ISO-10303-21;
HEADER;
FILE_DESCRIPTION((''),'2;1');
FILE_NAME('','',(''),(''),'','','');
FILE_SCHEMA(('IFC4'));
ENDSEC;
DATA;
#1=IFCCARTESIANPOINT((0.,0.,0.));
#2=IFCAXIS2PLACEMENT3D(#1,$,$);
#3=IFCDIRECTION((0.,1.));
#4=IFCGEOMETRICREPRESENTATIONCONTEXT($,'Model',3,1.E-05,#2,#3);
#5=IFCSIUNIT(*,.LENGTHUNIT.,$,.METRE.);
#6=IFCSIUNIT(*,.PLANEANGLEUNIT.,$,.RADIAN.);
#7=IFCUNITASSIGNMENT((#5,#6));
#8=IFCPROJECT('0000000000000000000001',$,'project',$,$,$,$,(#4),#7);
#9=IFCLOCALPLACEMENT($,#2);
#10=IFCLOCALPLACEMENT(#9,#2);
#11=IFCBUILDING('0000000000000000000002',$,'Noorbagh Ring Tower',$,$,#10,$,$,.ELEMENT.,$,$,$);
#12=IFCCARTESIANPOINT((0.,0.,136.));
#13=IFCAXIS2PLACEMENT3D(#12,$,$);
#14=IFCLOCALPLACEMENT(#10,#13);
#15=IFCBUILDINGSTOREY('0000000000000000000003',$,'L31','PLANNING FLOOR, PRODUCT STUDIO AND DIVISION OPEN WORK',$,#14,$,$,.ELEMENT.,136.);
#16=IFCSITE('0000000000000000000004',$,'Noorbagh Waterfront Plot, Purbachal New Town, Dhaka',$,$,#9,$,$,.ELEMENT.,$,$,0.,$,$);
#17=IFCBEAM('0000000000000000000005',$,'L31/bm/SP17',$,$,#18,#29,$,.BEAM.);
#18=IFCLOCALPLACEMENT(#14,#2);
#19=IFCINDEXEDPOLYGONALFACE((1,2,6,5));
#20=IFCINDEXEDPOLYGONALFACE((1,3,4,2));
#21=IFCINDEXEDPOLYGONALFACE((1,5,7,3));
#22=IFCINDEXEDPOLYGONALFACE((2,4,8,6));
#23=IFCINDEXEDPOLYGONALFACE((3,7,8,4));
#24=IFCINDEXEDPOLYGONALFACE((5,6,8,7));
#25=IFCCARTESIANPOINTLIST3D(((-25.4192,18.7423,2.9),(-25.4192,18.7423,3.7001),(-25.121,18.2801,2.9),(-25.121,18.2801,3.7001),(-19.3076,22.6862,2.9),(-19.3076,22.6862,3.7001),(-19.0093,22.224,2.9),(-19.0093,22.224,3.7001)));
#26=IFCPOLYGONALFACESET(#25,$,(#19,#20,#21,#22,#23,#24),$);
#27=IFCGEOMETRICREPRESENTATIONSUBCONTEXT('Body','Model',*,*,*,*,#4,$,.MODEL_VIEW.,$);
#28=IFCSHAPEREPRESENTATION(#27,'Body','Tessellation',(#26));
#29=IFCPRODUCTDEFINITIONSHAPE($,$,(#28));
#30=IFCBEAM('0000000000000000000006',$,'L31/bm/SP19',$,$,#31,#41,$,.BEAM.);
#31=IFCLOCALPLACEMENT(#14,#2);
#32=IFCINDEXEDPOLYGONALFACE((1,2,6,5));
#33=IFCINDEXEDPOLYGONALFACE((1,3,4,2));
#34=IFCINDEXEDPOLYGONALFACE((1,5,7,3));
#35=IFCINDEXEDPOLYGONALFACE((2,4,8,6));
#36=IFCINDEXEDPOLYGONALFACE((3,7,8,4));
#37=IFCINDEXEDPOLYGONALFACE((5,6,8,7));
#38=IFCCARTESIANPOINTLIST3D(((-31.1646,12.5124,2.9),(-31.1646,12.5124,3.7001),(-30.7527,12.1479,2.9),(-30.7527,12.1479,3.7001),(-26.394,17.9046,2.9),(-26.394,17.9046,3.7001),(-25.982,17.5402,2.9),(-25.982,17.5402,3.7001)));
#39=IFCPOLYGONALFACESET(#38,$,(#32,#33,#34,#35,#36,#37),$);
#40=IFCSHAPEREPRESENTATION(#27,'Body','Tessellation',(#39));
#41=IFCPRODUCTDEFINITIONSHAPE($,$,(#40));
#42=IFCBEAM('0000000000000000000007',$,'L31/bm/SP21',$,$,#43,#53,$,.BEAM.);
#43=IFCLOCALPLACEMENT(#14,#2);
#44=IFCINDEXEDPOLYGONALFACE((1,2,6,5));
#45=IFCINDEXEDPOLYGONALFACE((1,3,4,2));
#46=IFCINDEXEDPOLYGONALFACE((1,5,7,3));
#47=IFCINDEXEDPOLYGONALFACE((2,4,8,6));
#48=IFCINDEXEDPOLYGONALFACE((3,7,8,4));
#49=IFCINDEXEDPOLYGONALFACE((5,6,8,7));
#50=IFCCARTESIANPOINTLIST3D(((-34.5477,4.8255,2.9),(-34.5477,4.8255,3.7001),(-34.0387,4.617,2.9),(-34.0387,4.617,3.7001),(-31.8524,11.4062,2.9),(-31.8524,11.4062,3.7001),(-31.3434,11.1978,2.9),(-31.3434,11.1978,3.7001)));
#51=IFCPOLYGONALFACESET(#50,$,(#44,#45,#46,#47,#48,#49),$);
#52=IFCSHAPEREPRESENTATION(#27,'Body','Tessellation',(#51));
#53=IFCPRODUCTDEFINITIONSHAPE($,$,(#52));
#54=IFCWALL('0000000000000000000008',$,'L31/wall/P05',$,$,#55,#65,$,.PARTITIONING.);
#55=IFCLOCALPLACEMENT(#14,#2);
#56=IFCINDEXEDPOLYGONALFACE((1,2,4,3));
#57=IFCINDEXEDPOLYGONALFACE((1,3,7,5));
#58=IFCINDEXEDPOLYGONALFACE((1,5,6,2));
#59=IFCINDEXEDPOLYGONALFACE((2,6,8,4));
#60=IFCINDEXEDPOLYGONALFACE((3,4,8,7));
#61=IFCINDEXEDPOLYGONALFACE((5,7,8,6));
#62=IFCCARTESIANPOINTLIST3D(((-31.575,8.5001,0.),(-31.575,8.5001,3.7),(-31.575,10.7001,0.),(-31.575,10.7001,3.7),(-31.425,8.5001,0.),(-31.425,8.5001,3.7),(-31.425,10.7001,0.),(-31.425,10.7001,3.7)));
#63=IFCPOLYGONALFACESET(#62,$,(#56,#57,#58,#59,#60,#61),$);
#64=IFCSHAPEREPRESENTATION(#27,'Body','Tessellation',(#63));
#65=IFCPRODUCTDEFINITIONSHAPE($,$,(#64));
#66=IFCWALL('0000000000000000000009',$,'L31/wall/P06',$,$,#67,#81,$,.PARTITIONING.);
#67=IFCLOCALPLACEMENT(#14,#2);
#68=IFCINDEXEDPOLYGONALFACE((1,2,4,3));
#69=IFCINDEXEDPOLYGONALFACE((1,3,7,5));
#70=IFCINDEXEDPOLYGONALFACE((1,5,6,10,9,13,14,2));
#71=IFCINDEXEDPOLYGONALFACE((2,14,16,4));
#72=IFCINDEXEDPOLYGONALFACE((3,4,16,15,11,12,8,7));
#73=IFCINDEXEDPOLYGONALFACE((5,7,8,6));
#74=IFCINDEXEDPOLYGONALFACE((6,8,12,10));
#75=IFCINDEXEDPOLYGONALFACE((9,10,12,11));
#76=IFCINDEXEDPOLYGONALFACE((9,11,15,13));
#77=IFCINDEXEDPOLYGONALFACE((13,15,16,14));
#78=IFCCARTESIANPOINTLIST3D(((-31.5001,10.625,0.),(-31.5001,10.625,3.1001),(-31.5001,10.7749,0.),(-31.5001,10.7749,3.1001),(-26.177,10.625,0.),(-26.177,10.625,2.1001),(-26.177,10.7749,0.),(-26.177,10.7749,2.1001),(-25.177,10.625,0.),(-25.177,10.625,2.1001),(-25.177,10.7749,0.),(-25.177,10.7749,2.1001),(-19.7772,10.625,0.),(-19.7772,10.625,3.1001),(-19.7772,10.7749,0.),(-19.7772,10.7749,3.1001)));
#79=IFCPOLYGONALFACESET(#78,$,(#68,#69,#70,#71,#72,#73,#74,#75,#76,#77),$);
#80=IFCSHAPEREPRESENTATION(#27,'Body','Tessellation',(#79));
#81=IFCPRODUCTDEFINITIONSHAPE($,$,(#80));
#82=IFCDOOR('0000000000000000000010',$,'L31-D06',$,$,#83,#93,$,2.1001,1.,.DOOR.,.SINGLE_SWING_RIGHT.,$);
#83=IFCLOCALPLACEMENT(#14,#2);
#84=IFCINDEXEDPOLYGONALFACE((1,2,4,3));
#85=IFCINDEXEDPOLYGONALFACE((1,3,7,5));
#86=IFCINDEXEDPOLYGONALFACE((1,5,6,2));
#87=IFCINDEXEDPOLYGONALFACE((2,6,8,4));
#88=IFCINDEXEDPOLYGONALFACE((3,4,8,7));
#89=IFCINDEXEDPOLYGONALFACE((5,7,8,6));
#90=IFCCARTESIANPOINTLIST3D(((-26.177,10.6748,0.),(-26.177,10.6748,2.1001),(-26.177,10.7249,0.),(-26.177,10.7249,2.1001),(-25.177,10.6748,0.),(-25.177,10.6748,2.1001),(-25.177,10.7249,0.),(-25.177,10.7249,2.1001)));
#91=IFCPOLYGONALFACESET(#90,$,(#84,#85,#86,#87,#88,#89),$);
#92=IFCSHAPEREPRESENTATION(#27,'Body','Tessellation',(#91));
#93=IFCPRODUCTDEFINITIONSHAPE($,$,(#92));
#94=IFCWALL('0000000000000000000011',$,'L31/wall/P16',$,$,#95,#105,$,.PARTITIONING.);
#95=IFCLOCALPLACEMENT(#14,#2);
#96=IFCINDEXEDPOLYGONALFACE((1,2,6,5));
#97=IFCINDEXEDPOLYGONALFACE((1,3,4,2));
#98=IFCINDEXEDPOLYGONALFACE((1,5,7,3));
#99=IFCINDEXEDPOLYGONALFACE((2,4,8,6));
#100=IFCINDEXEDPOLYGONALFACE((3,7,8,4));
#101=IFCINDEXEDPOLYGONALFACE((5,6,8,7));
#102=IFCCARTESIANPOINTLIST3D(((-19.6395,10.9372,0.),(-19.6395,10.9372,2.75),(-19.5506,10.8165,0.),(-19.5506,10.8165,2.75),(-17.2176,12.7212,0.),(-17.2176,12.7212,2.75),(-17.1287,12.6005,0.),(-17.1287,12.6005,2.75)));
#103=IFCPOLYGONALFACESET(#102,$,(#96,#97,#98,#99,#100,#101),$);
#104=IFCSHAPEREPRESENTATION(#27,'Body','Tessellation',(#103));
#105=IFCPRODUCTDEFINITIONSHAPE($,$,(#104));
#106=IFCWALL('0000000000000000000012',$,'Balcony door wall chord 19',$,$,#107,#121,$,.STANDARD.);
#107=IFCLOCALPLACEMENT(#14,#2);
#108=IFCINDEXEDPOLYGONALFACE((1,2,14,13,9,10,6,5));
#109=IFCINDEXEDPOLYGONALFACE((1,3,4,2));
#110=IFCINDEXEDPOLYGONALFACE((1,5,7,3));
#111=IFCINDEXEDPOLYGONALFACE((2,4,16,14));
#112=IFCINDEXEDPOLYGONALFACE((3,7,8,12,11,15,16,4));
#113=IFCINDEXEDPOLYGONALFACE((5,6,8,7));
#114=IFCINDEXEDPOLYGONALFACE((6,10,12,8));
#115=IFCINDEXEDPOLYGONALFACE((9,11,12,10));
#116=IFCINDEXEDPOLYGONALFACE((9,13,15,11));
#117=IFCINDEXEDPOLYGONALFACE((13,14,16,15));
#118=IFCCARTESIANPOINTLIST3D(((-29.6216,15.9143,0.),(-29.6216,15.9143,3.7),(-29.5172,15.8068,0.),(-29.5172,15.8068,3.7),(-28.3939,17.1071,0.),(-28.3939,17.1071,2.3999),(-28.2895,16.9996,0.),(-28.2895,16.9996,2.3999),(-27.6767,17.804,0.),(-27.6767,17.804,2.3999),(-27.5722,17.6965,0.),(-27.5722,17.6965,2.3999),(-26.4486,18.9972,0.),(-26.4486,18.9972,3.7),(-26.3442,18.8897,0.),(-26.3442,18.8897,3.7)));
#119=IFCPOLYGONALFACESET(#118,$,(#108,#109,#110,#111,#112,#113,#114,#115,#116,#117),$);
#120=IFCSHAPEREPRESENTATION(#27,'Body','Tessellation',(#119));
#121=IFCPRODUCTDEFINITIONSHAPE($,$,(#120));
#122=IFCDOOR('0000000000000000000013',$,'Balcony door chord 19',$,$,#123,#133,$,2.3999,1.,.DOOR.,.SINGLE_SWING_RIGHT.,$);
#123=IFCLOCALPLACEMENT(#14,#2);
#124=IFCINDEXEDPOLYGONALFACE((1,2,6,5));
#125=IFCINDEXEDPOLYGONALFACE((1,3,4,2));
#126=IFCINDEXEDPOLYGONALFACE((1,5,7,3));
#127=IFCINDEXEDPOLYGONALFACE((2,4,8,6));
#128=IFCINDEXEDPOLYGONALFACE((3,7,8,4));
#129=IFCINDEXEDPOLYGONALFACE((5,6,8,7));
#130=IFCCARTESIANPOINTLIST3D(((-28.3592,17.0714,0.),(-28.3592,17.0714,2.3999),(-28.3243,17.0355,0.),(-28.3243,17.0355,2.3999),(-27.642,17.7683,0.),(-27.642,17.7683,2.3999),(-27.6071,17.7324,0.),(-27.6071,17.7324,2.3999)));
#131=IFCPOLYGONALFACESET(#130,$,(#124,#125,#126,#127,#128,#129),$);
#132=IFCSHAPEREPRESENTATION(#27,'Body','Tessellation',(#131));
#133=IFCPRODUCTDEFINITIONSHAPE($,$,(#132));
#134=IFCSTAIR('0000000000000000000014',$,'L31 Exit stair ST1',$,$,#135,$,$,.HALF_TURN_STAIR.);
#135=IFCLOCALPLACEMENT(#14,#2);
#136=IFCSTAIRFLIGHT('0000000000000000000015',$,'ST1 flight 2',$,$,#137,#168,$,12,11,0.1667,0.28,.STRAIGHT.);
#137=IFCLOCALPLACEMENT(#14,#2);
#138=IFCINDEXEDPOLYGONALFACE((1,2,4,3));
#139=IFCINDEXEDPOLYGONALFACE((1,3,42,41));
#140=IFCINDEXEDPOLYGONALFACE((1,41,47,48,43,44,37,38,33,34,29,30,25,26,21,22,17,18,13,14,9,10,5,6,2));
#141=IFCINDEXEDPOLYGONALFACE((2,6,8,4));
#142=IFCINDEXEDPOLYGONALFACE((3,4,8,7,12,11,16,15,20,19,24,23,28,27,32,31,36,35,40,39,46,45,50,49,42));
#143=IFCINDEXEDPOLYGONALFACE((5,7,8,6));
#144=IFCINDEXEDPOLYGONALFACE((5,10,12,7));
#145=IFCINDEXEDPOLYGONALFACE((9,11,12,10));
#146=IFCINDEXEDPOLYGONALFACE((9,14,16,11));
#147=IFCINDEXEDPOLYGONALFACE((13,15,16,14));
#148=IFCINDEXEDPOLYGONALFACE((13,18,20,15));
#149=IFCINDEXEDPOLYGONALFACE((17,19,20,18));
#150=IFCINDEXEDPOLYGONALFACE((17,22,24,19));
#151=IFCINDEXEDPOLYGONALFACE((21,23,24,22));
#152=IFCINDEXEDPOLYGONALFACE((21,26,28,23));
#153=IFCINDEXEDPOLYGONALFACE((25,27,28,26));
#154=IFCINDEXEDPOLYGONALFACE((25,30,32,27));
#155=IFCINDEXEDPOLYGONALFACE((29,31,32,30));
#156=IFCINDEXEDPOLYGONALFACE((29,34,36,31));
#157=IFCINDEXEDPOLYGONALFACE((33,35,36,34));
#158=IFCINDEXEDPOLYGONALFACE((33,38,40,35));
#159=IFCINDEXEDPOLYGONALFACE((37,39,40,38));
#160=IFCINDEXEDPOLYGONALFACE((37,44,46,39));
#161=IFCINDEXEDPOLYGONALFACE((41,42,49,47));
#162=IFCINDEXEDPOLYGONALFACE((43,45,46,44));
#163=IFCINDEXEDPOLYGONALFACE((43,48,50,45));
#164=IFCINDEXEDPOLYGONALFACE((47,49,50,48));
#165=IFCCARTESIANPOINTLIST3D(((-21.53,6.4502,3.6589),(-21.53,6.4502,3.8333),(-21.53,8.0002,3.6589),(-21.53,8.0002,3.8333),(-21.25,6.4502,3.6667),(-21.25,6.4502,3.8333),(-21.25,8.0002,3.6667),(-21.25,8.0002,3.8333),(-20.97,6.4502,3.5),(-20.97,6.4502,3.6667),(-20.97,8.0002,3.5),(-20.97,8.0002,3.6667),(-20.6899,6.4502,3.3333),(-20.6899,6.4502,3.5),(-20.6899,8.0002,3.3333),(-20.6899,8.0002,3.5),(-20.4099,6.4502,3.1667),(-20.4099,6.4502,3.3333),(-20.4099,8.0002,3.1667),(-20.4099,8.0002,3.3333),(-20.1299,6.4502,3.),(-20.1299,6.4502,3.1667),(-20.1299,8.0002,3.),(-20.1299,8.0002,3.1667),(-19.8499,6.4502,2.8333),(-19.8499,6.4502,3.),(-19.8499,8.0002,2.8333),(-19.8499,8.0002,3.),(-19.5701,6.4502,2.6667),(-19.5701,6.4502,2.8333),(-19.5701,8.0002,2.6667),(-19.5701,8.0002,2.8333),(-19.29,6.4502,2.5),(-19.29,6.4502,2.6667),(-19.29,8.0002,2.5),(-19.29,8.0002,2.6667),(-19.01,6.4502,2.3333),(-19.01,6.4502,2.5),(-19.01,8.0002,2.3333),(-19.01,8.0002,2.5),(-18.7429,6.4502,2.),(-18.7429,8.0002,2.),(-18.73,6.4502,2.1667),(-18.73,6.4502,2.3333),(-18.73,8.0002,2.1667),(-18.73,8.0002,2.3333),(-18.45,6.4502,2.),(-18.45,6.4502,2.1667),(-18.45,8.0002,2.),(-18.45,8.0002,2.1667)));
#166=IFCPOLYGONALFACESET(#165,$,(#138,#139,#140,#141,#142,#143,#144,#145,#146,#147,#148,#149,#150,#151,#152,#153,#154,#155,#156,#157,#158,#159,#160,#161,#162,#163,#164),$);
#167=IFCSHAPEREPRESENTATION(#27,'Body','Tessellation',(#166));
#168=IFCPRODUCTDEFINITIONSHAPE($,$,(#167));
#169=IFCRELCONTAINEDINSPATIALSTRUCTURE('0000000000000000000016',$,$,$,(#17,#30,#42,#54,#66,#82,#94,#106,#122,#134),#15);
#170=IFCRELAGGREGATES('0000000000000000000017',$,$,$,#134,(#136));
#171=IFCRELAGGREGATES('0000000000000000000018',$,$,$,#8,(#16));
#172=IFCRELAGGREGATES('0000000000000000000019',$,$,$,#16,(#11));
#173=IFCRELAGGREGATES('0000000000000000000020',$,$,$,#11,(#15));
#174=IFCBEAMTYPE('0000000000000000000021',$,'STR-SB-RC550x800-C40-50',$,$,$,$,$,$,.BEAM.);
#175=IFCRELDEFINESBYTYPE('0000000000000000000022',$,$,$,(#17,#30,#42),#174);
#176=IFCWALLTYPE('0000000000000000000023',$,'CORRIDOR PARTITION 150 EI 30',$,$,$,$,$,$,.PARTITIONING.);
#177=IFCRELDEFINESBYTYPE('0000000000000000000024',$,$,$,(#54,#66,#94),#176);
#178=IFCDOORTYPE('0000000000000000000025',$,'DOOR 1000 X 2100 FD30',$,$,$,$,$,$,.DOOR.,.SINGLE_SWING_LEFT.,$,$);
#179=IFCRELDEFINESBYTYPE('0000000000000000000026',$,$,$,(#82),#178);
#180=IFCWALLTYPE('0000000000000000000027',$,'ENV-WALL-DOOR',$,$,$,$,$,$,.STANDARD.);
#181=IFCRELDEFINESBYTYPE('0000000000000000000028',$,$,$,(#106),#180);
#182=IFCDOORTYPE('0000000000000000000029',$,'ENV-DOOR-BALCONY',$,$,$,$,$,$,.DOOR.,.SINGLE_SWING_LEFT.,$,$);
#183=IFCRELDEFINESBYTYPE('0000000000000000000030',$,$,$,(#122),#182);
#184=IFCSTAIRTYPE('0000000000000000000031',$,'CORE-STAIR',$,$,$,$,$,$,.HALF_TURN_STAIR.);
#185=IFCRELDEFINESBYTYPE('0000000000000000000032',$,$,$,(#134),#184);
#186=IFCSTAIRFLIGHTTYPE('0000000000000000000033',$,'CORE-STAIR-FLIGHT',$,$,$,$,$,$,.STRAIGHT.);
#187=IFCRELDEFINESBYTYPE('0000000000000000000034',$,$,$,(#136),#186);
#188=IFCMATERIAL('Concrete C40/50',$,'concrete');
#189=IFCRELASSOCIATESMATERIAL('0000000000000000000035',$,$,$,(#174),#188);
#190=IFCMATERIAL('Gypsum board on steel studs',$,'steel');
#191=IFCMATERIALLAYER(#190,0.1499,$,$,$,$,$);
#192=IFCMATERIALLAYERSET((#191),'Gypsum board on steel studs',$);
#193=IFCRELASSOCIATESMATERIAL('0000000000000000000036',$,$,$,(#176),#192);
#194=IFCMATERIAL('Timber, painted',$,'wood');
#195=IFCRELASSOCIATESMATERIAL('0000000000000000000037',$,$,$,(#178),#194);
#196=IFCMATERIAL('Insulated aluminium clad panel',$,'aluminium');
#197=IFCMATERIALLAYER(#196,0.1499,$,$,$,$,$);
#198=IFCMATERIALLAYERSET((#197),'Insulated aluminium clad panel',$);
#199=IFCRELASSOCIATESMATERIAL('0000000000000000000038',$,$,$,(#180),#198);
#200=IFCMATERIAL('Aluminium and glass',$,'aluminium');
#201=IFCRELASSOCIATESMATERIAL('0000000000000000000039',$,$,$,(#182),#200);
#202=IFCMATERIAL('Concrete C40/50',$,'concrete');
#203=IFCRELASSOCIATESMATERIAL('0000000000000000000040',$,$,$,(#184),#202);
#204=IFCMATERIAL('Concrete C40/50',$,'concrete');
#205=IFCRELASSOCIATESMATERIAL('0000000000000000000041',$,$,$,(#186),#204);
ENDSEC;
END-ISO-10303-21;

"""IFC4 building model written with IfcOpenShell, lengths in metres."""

from ifc_helpers import new_model, si_unit, direction, frame, frame_2d, origin, origin_2d, place, context, subcontext, project, spatial, polyline, rectangle, outline, extrude, material, layer, layer_set, material_profile, profile_set, type_object, element, fill, aggregate, save


model = new_model("IFC4")

# Units and contexts
model_context = context("Model", 3, precision=1e-05, world=origin(), true_north=direction((0.0, 1.0)))
body_context = subcontext(model_context, "Body", "Model", "MODEL_VIEW")
ifc_project = project(units=[si_unit("LENGTHUNIT", "METRE"), si_unit("PLANEANGLEUNIT", "RADIAN")], contexts=[model_context])

# Site, building, storey
site_placement = place(None, origin())
site = spatial("IfcSite", under=ifc_project, at=site_placement, Name="Noorbagh Waterfront Plot, Purbachal New Town, Dhaka", CompositionType="ELEMENT", RefElevation=0.0)
building_placement = place(site_placement, origin())
building = spatial("IfcBuilding", under=site, at=building_placement, Name="Noorbagh Ring Tower", CompositionType="ELEMENT")
storey_placement = place(building_placement, frame((0.0, 0.0, 136.0)))
storey = spatial("IfcBuildingStorey", under=building, at=storey_placement, Name="L31", Description="PLANNING FLOOR, PRODUCT STUDIO AND DIVISION OPEN WORK", CompositionType="ELEMENT", Elevation=136.0)

# Beams
ifc_material_1 = material(Name="Concrete C40/50", Category="concrete")
ifc_material_profile_1 = material_profile(ifc_material_1, rectangle(XDim=0.55, YDim=0.8, at=origin_2d()), Name="RC550x800")
ifc_profile_set_1 = profile_set([ifc_material_profile_1], Name="Concrete C40/50")
beam_type_1 = type_object("IfcBeamType", Name="STR-SB-RC550x800-C40-50", PredefinedType="BEAM", material=ifc_profile_set_1)
beam_1_placement = place(storey_placement, frame((-19.1584, 22.4551, 3.3), z_axis=(-0.84024, -0.542214, 0.0), x_axis=(0.542214, -0.84024, 0.0)))
element("IfcBeam", 1, at=beam_1_placement, inside=storey, type_object=beam_type_1, Name="L31/bm/SP17", PredefinedType="BEAM", context=body_context, shape_type="SweptSolid", body=[
    extrude(rectangle(XDim=0.55, YDim=0.8, at=origin_2d()), origin(), (0.0, 0.0, 1.0), 7.2737),
])
beam_2_placement = place(storey_placement, frame((-26.188, 17.7224, 3.3), z_axis=(-0.662621, -0.748954, 0.0), x_axis=(0.748954, -0.662621, 0.0)))
element("IfcBeam", 2, at=beam_2_placement, inside=storey, type_object=beam_type_1, Name="L31/bm/SP19", PredefinedType="BEAM", context=body_context, shape_type="SweptSolid", body=[
    extrude(rectangle(XDim=0.55, YDim=0.8, at=origin_2d()), origin(), (0.0, 0.0, 1.0), 7.1997),
])
beam_3_placement = place(storey_placement, frame((-31.5979, 11.302, 3.3), z_axis=(-0.379014, -0.925391, 0.0), x_axis=(0.925391, -0.379014, 0.0)))
element("IfcBeam", 3, at=beam_3_placement, inside=storey, type_object=beam_type_1, Name="L31/bm/SP21", PredefinedType="BEAM", context=body_context, shape_type="SweptSolid", body=[
    extrude(rectangle(XDim=0.55, YDim=0.8, at=origin_2d()), origin(), (0.0, 0.0, 1.0), 7.1113),
])

# Wall
ifc_material_2 = material(Name="Gypsum board on steel studs", Category="steel")
ifc_layer_1 = layer(ifc_material_2, 0.1499)
ifc_layer_set_1 = layer_set([ifc_layer_1], Name="Gypsum board on steel studs")
wall_type_1 = type_object("IfcWallType", Name="CORRIDOR PARTITION 150 EI 30", PredefinedType="PARTITIONING", material=ifc_layer_set_1)
wall_1_placement = place(storey_placement, frame((-31.5, 8.5, 0.0), z_axis=(0.0, 0.0, 1.0), x_axis=(0.0, 1.0, 0.0)))
element("IfcWall", 4, at=wall_1_placement, inside=storey, type_object=wall_type_1, Name="L31/wall/P05", PredefinedType="PARTITIONING", context=body_context, shape_type="SweptSolid", body=[
    extrude(rectangle(XDim=2.2, YDim=0.1499, at=frame_2d((1.1001, 0.0))), origin(), (0.0, 0.0, 1.0), 3.7),
])

# Wall, opening, door
wall_2_placement = place(storey_placement, frame((-31.5, 10.7, 0.0), z_axis=(0.0, 0.0, 1.0), x_axis=(1.0, 0.0, 0.0)))
wall_2 = element("IfcWall", 5, at=wall_2_placement, inside=storey, type_object=wall_type_1, Name="L31/wall/P06", PredefinedType="PARTITIONING", context=body_context, shape_type="SweptSolid", body=[
    extrude(rectangle(XDim=11.7229, YDim=0.1499, at=frame_2d((5.8613, 0.0))), origin(), (0.0, 0.0, 1.0), 3.1001),
])
opening_1_placement = place(wall_2_placement, frame((5.323, 0.0, 0.0)))
opening_1 = element("IfcOpeningElement", 6, at=opening_1_placement, cuts=wall_2, PredefinedType="OPENING", context=body_context, shape_type="SweptSolid", body=[
    extrude(rectangle(XDim=1.0, YDim=2.1001, at=frame_2d((0.5, 1.05))), frame((0.0, 0.085, 0.0), z_axis=(0.0, -1.0, 0.0), x_axis=(1.0, 0.0, 0.0)), (0.0, 0.0, 1.0), 0.1699),
])
ifc_material_3 = material(Name="Timber, painted", Category="wood")
door_type_1 = type_object("IfcDoorType", Name="DOOR 1000 X 2100 FD30", OperationType="SINGLE_SWING_LEFT", PredefinedType="DOOR", material=ifc_material_3)
door_1_placement = place(opening_1_placement, origin())
door_1 = element("IfcDoor", 7, at=door_1_placement, inside=storey, type_object=door_type_1, Name="L31-D06", OperationType="SINGLE_SWING_RIGHT", OverallHeight=2.1001, OverallWidth=1.0, PredefinedType="DOOR", context=body_context, shape_type="SweptSolid", body=[
    extrude(rectangle(XDim=1.0, YDim=2.1001, at=frame_2d((0.5, 1.05))), frame((0.0, 0.0249, 0.0), z_axis=(0.0, -1.0, 0.0), x_axis=(1.0, 0.0, 0.0)), (0.0, 0.0, 1.0), 0.05),
])
fill(opening_1, door_1)

# Wall
wall_3_placement = place(storey_placement, frame((-19.595, 10.877, 0.0), z_axis=(0.0, 0.0, 1.0), x_axis=(0.805152, 0.593069, 0.0)))
element("IfcWall", 8, at=wall_3_placement, inside=storey, type_object=wall_type_1, Name="L31/wall/P16", PredefinedType="PARTITIONING", context=body_context, shape_type="SweptSolid", body=[
    extrude(rectangle(XDim=3.0081, YDim=0.1499, at=frame_2d((1.5039, 0.0))), origin(), (0.0, 0.0, 1.0), 2.75),
])

# Wall, opening, door
ifc_material_4 = material(Name="Insulated aluminium clad panel", Category="aluminium")
ifc_layer_2 = layer(ifc_material_4, 0.1499)
ifc_layer_set_2 = layer_set([ifc_layer_2], Name="Insulated aluminium clad panel")
wall_type_2 = type_object("IfcWallType", Name="ENV-WALL-DOOR", PredefinedType="STANDARD", material=ifc_layer_set_2)
wall_4_placement = place(storey_placement, frame((-26.3965, 18.9434, 0.0), z_axis=(0.0, 0.0, 1.0), x_axis=(-0.717215, -0.696852, 0.0)))
wall_4 = element("IfcWall", 9, at=wall_4_placement, inside=storey, type_object=wall_type_2, Name="Balcony door wall chord 19", PredefinedType="STANDARD", context=body_context, shape_type="SweptSolid", body=[
    extrude(rectangle(XDim=4.4241, YDim=0.1499, at=frame_2d((2.2119, 0.0))), origin(), (0.0, 0.0, 1.0), 3.7),
])
opening_2_placement = place(wall_4_placement, frame((1.7122, 0.0, 0.0)))
opening_2 = element("IfcOpeningElement", 10, at=opening_2_placement, cuts=wall_4, PredefinedType="OPENING", context=body_context, shape_type="SweptSolid", body=[
    extrude(rectangle(XDim=1.0, YDim=2.3999, at=frame_2d((0.5, 1.2))), frame((0.0, 0.085, 0.0), z_axis=(0.0, -1.0, 0.0), x_axis=(1.0, 0.0, 0.0)), (0.0, 0.0, 1.0), 0.1699),
])
ifc_material_5 = material(Name="Aluminium and glass", Category="aluminium")
door_type_2 = type_object("IfcDoorType", Name="ENV-DOOR-BALCONY", OperationType="SINGLE_SWING_LEFT", PredefinedType="DOOR", material=ifc_material_5)
door_2_placement = place(opening_2_placement, origin())
door_2 = element("IfcDoor", 11, at=door_2_placement, inside=storey, type_object=door_type_2, Name="Balcony door chord 19", OperationType="SINGLE_SWING_RIGHT", OverallHeight=2.3999, OverallWidth=1.0, PredefinedType="DOOR", context=body_context, shape_type="SweptSolid", body=[
    extrude(rectangle(XDim=1.0, YDim=2.3999, at=frame_2d((0.5, 1.2))), frame((0.0, 0.0249, 0.0), z_axis=(0.0, -1.0, 0.0), x_axis=(1.0, 0.0, 0.0)), (0.0, 0.0, 1.0), 0.05),
])
fill(opening_2, door_2)

# Stair, stair flight
ifc_material_6 = material(Name="Concrete C40/50", Category="concrete")
stair_type = type_object("IfcStairType", Name="CORE-STAIR", PredefinedType="HALF_TURN_STAIR", material=ifc_material_6)
stair_placement = place(storey_placement, origin())
stair = element("IfcStair", 12, at=stair_placement, inside=storey, type_object=stair_type, Name="L31 Exit stair ST1", PredefinedType="HALF_TURN_STAIR")
ifc_material_7 = material(Name="Concrete C40/50", Category="concrete")
stair_flight_type = type_object("IfcStairFlightType", Name="CORE-STAIR-FLIGHT", PredefinedType="STRAIGHT", material=ifc_material_7)
stair_flight_placement = place(storey_placement, frame((-18.45, 7.2251, 2.0), z_axis=(0.0, 0.0, 1.0), x_axis=(-1.0, 0.0, 0.0)))
stair_flight = element("IfcStairFlight", 13, at=stair_flight_placement, type_object=stair_flight_type, Name="ST1 flight 2", NumberOfRisers=12, NumberOfTreads=11, PredefinedType="STRAIGHT", RiserHeight=0.1667, TreadLength=0.28, context=body_context, shape_type="SweptSolid", body=[
    extrude(outline(polyline([(0.0, 0.0), (0.0, 0.1667), (0.28, 0.1667), (0.28, 0.3333), (0.5601, 0.3333), (0.5601, 0.5), (0.8401, 0.5), (0.8401, 0.6667), (1.1201, 0.6667), (1.1201, 0.8333), (1.3999, 0.8333), (1.3999, 1.0), (1.6799, 1.0), (1.6799, 1.1667), (1.96, 1.1667), (1.96, 1.3333), (2.24, 1.3333), (2.24, 1.5), (2.52, 1.5), (2.52, 1.6667), (2.8, 1.6667), (2.8, 1.8333), (3.0801, 1.8333), (3.0801, 2.0), (3.0801, 1.6589), (0.293, 0.0), (0.0, 0.0)])), frame((0.0, 0.7749, 0.0), z_axis=(0.0, -1.0, 0.0), x_axis=(1.0, 0.0, 0.0)), (0.0, 0.0, 1.0), 1.55),
])
aggregate(stair, [stair_flight])

save(model, "model.ifc")
